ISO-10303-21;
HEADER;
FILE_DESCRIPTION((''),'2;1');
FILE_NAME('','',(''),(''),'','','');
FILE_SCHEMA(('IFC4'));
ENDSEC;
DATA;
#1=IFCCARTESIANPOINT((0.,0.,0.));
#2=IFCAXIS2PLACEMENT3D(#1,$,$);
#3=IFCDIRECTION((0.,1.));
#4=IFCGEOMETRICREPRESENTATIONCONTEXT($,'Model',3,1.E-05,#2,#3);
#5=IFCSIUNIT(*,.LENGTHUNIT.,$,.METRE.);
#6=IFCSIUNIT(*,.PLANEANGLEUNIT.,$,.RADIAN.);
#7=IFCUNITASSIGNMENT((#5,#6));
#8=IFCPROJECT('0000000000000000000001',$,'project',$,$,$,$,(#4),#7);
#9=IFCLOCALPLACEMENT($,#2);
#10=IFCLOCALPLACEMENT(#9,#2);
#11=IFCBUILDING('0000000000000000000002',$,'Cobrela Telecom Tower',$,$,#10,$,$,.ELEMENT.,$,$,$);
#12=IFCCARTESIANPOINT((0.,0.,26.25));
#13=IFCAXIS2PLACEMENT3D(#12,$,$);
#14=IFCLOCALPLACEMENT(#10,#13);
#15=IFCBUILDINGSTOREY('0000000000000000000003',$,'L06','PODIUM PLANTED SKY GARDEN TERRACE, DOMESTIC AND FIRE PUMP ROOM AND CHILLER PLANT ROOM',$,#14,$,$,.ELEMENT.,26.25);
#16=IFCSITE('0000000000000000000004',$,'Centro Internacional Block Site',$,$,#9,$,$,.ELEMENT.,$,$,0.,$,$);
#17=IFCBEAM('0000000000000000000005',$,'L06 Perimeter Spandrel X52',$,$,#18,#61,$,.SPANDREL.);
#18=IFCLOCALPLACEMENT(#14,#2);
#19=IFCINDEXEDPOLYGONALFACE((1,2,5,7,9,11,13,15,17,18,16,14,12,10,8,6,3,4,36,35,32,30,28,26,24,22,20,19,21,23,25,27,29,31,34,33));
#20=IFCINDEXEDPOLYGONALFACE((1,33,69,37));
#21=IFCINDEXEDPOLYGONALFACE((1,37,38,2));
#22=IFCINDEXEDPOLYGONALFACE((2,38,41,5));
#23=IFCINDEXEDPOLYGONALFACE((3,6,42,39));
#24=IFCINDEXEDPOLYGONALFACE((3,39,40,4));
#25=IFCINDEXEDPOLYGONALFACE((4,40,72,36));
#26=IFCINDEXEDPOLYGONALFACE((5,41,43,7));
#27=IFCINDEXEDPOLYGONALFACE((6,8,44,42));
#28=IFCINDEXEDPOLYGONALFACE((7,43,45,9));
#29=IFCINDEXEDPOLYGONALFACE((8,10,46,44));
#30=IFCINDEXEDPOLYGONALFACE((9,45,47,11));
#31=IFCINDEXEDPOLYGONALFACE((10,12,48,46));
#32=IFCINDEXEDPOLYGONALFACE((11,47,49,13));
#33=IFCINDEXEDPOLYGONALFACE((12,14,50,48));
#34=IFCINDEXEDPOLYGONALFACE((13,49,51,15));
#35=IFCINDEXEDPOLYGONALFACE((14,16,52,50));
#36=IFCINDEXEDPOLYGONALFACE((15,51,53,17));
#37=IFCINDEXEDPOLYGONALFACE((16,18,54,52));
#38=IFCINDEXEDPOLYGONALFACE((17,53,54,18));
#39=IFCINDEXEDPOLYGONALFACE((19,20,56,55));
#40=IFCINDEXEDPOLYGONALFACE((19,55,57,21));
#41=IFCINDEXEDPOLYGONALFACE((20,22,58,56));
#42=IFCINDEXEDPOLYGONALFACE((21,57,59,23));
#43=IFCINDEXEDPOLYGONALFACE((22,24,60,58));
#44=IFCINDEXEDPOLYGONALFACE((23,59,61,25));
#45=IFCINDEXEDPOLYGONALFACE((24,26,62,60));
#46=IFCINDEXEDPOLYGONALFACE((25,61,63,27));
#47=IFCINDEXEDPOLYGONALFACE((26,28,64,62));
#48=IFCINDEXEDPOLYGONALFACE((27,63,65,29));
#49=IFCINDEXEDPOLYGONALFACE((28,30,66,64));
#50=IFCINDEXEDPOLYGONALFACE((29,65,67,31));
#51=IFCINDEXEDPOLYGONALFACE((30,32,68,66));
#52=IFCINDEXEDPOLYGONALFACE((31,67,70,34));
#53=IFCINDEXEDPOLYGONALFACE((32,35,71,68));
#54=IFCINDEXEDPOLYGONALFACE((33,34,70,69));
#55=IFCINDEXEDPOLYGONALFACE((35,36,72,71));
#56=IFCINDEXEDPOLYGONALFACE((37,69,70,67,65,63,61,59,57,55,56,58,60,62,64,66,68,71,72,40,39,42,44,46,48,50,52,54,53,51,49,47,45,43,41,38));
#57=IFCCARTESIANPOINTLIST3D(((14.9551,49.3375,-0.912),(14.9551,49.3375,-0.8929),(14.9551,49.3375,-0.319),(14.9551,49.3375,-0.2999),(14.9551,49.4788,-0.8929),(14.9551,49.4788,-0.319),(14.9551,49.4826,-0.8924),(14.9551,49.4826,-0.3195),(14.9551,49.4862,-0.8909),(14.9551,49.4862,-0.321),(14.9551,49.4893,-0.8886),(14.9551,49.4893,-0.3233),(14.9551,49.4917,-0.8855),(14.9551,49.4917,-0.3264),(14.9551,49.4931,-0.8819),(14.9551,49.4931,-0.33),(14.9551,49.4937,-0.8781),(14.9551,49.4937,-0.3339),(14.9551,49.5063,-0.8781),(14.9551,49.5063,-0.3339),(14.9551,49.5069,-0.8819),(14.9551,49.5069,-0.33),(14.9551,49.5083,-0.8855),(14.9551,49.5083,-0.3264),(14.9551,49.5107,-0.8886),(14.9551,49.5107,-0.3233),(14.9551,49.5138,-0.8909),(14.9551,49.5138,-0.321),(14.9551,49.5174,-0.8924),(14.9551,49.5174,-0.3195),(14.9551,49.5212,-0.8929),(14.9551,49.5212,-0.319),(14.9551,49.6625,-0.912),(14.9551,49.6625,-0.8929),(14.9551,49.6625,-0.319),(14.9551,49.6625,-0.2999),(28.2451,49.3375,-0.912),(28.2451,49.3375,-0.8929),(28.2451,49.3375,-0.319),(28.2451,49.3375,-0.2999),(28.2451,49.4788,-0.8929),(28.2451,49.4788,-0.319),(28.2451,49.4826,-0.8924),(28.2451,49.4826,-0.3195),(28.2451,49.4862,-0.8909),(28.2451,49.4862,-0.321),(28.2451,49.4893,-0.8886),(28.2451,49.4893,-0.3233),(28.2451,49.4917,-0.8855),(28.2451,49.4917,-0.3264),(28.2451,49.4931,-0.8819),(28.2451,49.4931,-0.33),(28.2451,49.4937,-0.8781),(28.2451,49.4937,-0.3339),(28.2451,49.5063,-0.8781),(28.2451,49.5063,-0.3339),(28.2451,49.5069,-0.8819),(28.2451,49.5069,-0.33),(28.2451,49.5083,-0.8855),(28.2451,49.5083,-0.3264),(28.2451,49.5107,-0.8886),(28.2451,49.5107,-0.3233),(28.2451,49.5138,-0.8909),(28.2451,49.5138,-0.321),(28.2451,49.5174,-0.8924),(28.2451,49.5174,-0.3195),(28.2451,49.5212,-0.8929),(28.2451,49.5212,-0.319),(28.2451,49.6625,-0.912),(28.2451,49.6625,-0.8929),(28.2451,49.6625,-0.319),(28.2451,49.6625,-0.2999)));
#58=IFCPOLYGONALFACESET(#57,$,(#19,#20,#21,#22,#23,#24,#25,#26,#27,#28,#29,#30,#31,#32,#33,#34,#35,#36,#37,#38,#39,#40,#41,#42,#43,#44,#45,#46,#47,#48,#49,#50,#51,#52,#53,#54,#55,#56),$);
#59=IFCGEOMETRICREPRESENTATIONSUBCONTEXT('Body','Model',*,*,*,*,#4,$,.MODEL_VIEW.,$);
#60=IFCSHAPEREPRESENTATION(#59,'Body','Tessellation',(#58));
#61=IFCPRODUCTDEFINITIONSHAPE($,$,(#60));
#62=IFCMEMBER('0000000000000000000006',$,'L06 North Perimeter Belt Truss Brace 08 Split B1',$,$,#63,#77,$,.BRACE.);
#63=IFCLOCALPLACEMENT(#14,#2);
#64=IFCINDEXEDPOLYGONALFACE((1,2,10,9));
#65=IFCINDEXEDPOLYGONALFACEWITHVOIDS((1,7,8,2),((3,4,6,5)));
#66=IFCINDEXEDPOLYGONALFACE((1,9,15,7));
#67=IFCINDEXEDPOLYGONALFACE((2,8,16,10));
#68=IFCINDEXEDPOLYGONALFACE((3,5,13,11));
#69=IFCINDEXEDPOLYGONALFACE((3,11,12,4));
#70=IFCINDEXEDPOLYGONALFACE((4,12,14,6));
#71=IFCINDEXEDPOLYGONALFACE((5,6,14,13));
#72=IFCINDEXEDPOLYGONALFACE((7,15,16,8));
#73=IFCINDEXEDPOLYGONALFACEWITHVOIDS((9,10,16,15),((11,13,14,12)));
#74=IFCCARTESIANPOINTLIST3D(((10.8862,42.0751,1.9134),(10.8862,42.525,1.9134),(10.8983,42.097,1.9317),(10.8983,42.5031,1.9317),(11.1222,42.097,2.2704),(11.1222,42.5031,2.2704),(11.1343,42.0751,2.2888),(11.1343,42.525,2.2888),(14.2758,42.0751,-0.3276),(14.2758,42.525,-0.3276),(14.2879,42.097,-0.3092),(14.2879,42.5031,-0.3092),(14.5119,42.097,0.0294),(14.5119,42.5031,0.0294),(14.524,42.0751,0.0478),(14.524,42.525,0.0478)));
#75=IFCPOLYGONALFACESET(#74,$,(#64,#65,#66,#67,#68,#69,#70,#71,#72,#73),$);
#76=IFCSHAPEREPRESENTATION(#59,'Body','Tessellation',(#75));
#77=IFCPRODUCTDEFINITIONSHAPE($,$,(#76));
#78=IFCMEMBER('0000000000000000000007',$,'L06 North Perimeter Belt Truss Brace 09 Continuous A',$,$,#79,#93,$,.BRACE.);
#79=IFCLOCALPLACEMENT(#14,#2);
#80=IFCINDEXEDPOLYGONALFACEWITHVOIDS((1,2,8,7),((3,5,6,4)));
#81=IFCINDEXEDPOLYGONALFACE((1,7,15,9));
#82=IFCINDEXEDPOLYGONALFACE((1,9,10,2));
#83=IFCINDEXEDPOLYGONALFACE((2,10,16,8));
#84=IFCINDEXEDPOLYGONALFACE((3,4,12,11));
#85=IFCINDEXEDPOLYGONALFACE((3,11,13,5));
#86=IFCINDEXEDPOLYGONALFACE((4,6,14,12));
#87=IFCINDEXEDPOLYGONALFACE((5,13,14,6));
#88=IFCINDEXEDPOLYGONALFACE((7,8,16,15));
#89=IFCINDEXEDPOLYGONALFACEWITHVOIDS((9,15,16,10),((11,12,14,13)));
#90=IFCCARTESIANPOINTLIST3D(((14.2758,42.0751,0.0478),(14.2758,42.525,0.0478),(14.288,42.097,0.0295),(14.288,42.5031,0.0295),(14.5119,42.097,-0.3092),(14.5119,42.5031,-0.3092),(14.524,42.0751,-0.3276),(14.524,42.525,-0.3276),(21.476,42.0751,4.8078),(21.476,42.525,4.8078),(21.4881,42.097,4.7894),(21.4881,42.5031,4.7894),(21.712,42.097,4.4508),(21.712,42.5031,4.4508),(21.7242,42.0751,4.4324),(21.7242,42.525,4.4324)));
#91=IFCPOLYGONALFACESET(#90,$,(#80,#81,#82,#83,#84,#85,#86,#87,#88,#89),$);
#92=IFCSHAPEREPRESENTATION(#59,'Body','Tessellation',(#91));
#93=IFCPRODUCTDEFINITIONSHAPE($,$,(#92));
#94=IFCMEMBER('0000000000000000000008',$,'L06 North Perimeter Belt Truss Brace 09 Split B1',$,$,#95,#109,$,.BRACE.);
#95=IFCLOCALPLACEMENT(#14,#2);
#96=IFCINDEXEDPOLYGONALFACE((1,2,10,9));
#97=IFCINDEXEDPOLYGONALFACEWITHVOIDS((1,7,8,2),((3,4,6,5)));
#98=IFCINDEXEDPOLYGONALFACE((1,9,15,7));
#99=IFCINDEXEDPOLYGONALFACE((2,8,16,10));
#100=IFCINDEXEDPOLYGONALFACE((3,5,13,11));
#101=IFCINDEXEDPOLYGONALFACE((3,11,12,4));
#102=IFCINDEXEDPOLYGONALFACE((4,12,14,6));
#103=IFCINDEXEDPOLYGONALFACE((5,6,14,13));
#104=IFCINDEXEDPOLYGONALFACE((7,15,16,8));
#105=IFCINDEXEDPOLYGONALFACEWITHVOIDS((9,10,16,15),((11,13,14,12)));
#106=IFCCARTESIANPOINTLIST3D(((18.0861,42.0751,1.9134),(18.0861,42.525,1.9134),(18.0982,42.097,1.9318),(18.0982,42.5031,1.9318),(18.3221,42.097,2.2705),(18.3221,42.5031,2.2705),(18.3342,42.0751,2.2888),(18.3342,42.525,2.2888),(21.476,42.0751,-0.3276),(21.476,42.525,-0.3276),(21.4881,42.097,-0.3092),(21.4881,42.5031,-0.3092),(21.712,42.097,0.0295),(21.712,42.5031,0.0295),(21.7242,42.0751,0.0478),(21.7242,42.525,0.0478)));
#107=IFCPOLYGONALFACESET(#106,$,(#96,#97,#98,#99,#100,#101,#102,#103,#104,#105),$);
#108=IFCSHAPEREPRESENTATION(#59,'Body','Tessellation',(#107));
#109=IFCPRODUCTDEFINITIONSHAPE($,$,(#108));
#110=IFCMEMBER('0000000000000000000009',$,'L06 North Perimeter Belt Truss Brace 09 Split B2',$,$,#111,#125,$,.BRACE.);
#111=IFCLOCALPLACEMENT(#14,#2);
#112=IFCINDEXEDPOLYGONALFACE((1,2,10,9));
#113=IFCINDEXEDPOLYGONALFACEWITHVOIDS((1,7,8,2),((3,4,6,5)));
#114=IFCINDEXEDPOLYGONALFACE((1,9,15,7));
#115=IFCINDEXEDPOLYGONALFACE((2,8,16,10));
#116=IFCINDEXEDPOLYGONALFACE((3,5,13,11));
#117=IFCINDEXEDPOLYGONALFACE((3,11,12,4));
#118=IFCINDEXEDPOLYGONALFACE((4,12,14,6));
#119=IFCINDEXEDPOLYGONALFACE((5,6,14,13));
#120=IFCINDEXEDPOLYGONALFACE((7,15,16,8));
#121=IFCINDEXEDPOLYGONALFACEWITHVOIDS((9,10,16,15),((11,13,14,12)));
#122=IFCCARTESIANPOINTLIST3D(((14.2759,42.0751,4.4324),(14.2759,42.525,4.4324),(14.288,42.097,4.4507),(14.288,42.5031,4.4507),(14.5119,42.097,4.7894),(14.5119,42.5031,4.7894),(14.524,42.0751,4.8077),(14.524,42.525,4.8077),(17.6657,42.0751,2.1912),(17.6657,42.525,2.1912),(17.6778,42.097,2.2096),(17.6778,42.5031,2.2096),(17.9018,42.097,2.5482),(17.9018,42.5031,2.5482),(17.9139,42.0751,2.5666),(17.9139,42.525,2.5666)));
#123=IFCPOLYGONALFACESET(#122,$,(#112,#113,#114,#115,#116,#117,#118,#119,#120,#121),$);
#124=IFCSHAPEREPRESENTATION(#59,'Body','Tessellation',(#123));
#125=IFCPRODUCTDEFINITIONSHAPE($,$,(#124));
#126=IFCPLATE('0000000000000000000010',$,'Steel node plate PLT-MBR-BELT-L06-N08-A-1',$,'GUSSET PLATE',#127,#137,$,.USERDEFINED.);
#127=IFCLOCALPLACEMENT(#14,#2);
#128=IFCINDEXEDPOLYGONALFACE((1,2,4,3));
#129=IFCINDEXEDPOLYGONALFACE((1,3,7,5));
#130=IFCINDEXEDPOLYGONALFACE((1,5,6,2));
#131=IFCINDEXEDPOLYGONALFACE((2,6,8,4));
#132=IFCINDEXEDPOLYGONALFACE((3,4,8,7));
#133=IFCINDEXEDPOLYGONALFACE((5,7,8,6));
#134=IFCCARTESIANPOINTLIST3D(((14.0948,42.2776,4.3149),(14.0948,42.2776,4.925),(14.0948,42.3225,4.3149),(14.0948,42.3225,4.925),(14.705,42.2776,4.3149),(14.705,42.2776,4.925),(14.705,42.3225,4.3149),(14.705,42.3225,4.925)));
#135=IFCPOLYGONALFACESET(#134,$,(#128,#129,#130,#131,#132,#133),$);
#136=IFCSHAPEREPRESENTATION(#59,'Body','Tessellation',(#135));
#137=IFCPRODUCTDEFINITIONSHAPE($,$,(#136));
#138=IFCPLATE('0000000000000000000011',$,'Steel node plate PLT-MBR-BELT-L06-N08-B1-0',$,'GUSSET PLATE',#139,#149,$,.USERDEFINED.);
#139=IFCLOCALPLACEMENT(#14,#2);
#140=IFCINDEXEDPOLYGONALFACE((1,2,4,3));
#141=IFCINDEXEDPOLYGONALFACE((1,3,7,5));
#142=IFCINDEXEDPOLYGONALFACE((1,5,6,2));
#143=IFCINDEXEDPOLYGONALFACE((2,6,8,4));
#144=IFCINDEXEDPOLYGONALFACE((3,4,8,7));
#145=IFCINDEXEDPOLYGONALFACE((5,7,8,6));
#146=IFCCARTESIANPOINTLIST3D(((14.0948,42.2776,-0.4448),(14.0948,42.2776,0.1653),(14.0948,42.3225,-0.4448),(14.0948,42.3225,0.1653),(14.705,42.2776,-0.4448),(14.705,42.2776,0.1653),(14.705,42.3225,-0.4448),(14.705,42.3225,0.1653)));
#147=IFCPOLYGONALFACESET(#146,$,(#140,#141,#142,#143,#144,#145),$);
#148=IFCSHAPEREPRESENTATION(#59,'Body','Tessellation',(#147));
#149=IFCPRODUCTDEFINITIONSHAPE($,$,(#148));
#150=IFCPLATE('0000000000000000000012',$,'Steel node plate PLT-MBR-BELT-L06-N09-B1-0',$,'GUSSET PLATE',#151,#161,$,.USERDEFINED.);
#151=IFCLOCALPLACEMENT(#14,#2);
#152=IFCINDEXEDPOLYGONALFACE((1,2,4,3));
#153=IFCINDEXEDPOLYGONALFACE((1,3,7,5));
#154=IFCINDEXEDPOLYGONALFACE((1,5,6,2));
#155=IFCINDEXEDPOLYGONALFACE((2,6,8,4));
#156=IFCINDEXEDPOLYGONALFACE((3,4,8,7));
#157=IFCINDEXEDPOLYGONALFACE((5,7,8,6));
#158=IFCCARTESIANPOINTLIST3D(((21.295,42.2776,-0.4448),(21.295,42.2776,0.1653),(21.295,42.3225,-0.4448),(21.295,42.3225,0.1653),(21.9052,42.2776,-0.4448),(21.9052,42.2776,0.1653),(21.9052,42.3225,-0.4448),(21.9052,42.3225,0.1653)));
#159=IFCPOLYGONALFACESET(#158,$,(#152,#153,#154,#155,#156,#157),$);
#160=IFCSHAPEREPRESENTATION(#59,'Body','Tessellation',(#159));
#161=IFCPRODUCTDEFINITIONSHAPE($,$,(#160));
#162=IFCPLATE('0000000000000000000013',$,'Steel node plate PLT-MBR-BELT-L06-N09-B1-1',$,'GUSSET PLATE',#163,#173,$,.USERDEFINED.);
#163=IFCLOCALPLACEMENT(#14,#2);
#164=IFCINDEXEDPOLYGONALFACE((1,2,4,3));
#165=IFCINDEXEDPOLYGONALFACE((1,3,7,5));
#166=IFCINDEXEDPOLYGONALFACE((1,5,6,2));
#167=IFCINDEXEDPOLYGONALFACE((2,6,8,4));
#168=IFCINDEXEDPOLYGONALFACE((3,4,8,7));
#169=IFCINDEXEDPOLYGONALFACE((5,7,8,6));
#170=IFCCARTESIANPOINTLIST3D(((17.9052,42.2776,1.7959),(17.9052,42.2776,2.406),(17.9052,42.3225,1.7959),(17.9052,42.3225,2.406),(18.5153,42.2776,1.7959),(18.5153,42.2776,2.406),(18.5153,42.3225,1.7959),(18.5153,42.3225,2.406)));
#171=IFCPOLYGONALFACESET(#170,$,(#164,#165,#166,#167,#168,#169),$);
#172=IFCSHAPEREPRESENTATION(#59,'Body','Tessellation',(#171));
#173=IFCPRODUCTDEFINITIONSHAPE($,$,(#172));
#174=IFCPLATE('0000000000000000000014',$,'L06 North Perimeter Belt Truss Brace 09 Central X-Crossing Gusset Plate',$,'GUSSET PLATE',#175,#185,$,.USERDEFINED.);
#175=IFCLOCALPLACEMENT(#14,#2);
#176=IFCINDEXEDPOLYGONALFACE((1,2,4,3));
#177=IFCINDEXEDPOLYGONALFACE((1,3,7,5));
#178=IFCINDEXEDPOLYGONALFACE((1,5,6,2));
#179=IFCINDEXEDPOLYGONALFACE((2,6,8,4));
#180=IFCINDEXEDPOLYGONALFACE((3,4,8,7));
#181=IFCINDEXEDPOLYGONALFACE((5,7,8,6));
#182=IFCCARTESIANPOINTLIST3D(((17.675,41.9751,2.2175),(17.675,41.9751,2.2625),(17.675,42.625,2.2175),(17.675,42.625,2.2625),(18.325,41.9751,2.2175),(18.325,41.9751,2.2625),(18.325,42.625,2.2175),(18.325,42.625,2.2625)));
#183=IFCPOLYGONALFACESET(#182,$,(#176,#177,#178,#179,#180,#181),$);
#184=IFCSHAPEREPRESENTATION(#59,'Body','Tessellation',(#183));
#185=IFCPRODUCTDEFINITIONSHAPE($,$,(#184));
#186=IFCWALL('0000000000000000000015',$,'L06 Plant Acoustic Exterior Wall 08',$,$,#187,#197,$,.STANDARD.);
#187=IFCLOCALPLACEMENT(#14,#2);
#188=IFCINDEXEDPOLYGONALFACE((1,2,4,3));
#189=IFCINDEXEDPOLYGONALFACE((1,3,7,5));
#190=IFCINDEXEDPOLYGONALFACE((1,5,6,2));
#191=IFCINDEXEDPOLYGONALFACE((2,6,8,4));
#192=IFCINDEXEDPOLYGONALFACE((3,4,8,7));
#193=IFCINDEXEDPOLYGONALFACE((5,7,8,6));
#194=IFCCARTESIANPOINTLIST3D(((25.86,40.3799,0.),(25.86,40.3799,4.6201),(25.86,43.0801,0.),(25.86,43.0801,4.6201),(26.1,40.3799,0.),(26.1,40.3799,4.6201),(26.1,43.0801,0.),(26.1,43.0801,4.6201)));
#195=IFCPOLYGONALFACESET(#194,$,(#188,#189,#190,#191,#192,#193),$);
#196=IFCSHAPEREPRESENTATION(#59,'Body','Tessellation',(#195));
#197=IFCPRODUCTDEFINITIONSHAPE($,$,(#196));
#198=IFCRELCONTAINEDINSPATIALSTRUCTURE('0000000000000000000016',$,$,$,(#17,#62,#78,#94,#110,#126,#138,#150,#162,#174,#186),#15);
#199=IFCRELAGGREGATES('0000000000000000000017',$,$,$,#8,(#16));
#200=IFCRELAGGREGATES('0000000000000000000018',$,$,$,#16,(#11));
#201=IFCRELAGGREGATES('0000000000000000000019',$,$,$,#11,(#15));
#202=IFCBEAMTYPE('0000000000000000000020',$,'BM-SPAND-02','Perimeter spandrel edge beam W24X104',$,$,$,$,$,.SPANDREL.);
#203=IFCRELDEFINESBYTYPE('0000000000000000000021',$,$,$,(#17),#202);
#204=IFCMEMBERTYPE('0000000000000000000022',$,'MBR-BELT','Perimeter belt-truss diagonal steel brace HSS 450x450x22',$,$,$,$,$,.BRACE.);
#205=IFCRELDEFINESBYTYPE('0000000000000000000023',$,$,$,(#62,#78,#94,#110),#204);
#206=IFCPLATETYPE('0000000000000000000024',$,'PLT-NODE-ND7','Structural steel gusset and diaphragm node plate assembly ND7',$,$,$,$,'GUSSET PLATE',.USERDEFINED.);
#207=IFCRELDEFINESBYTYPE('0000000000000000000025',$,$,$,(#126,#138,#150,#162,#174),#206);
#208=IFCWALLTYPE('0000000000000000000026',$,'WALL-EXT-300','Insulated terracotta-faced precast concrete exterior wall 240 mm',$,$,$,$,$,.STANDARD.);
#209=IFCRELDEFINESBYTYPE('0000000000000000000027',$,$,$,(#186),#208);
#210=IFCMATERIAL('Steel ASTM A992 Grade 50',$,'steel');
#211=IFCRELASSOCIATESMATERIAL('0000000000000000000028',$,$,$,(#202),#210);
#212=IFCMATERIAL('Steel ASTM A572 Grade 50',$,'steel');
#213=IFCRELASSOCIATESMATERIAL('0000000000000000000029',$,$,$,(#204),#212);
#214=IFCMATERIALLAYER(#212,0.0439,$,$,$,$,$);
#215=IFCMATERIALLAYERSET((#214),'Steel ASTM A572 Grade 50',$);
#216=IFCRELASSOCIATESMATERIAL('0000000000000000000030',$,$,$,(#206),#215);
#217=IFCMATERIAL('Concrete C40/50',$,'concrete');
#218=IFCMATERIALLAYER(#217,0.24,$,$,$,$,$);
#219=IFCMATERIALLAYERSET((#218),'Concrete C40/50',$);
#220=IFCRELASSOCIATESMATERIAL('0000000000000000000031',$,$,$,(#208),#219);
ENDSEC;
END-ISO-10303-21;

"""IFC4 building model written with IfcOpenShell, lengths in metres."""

from ifc_helpers import new_model, si_unit, direction, frame, frame_2d, origin, origin_2d, place, context, subcontext, project, spatial, rectangle, hollow_rectangle, i_section, extrude, material, layer, layer_set, material_profile, profile_set, type_object, element, save


model = new_model("IFC4")

# Units and contexts
model_context = context("Model", 3, precision=1e-05, world=origin(), true_north=direction((0.0, 1.0)))
body_context = subcontext(model_context, "Body", "Model", "MODEL_VIEW")
ifc_project = project(units=[si_unit("LENGTHUNIT", "METRE"), si_unit("PLANEANGLEUNIT", "RADIAN")], contexts=[model_context])

# Site, building, storey
site_placement = place(None, origin())
site = spatial("IfcSite", under=ifc_project, at=site_placement, Name="Centro Internacional Block Site", CompositionType="ELEMENT", RefElevation=0.0)
building_placement = place(site_placement, origin())
building = spatial("IfcBuilding", under=site, at=building_placement, Name="Cobrela Telecom Tower", CompositionType="ELEMENT")
storey_placement = place(building_placement, frame((0.0, 0.0, 26.25)))
storey = spatial("IfcBuildingStorey", under=building, at=storey_placement, Name="L06", Description="PODIUM PLANTED SKY GARDEN TERRACE, DOMESTIC AND FIRE PUMP ROOM AND CHILLER PLANT ROOM", CompositionType="ELEMENT", Elevation=26.25)

# Shared definitions
ifc_material_1 = material(Name="Steel ASTM A572 Grade 50", Category="steel")

# Beam
ifc_material_2 = material(Name="Steel ASTM A992 Grade 50", Category="steel")
ifc_material_profile_1 = material_profile(ifc_material_2, i_section(OverallWidth=0.325, OverallDepth=0.6121, WebThickness=0.0127, FlangeThickness=0.019, FilletRadius=0.0149, at=origin_2d()), Name="W24X104")
ifc_profile_set_1 = profile_set([ifc_material_profile_1], Name="Steel ASTM A992 Grade 50")
beam_type_1 = type_object("IfcBeamType", Name="BM-SPAND-02", Description="Perimeter spandrel edge beam W24X104", PredefinedType="SPANDREL", material=ifc_profile_set_1)
beam_1_placement = place(storey_placement, frame((14.9551, 49.5, -0.606), z_axis=(1.0, 0.0, 0.0), x_axis=(0.0, 1.0, 0.0)))
element("IfcBeam", 1, at=beam_1_placement, inside=storey, type_object=beam_type_1, Name="L06 Perimeter Spandrel X52", PredefinedType="SPANDREL", context=body_context, shape_type="SweptSolid", body=[
    extrude(i_section(OverallWidth=0.325, OverallDepth=0.6121, WebThickness=0.0127, FlangeThickness=0.019, FilletRadius=0.0149, at=origin_2d()), origin(), (0.0, 0.0, 1.0), 13.29),
])

# Members
ifc_material_profile_2 = material_profile(ifc_material_1, hollow_rectangle(XDim=0.45, YDim=0.45, WallThickness=0.022, at=origin_2d()), Name="HSS 450x450x22")
ifc_profile_set_2 = profile_set([ifc_material_profile_2], Name="Steel ASTM A572 Grade 50")
member_type = type_object("IfcMemberType", Name="MBR-BELT", Description="Perimeter belt-truss diagonal steel brace HSS 450x450x22", PredefinedType="BRACE", material=ifc_profile_set_2)
member_1_placement = place(storey_placement, frame((14.3999, 42.3, -0.1399), z_axis=(-0.834179, 0.0, 0.551493), x_axis=(0.0, -1.0, 0.0)))
element("IfcMember", 2, at=member_1_placement, inside=storey, type_object=member_type, Name="L06 North Perimeter Belt Truss Brace 08 Split B1", PredefinedType="BRACE", context=body_context, shape_type="SweptSolid", body=[
    extrude(hollow_rectangle(XDim=0.45, YDim=0.45, WallThickness=0.022, at=origin_2d()), origin(), (0.0, 0.0, 1.0), 4.0635),
])
member_2_placement = place(storey_placement, frame((14.3999, 42.3, -0.1399), z_axis=(0.834189, 0.0, 0.551478), x_axis=(0.0, 1.0, 0.0)))
element("IfcMember", 3, at=member_2_placement, inside=storey, type_object=member_type, Name="L06 North Perimeter Belt Truss Brace 09 Continuous A", PredefinedType="BRACE", context=body_context, shape_type="SweptSolid", body=[
    extrude(hollow_rectangle(XDim=0.45, YDim=0.45, WallThickness=0.022, at=origin_2d()), origin(), (0.0, 0.0, 1.0), 8.6313),
])
for number, where, z_axis, x_axis, name in (
    (4, (21.6001, 42.3, -0.1399), (-0.834198, 0.0, 0.551466), (0.0, -1.0, 0.0), "L06 North Perimeter Belt Truss Brace 09 Split B1"),
    (5, (17.7898, 42.3, 2.3789), (-0.83417, 0.0, 0.551507), (0.0, -1.0, 0.0), "L06 North Perimeter Belt Truss Brace 09 Split B2"),
):
    element("IfcMember", number, at=place(storey_placement, frame(where, z_axis=z_axis, x_axis=x_axis)), inside=storey, type_object=member_type, Name=name, PredefinedType="BRACE", context=body_context, shape_type="SweptSolid", body=[
        extrude(hollow_rectangle(XDim=0.45, YDim=0.45, WallThickness=0.022, at=origin_2d()), origin(), (0.0, 0.0, 1.0), 4.0637),
    ])

# Plates
ifc_layer_1 = layer(ifc_material_1, 0.0439)
ifc_layer_set_1 = layer_set([ifc_layer_1], Name="Steel ASTM A572 Grade 50")
plate_type = type_object("IfcPlateType", Name="PLT-NODE-ND7", Description="Structural steel gusset and diaphragm node plate assembly ND7", ElementType="GUSSET PLATE", PredefinedType="USERDEFINED", material=ifc_layer_set_1)
for number, where, z_axis, x_axis, name in (
    (6, (14.3999, 42.3, 4.3149), (0.0, 0.0, 1.0), (1.0, 0.0, 0.0), "Steel node plate PLT-MBR-BELT-L06-N08-A-1"),
    (7, (14.3999, 42.3, -0.4448), (0.0, 0.0, 1.0), (-1.0, 0.0, 0.0), "Steel node plate PLT-MBR-BELT-L06-N08-B1-0"),
    (8, (21.6001, 42.3, -0.4448), (0.0, 0.0, 1.0), (-1.0, 0.0, 0.0), "Steel node plate PLT-MBR-BELT-L06-N09-B1-0"),
    (9, (18.2102, 42.3, 1.7959), (0.0, 0.0, 1.0), (-1.0, 0.0, 0.0), "Steel node plate PLT-MBR-BELT-L06-N09-B1-1"),
):
    element("IfcPlate", number, at=place(storey_placement, frame(where, z_axis=z_axis, x_axis=x_axis)), inside=storey, type_object=plate_type, Name=name, ObjectType="GUSSET PLATE", PredefinedType="USERDEFINED", context=body_context, shape_type="SweptSolid", body=[
        extrude(rectangle(XDim=0.6101, YDim=0.0449, at=origin_2d()), origin(), (0.0, 0.0, 1.0), 0.6101),
    ])
plate_placement = place(storey_placement, frame((18.0, 42.3, 2.2175), z_axis=(0.0, 0.0, 1.0), x_axis=(1.0, 0.0, 0.0)))
element("IfcPlate", 10, at=plate_placement, inside=storey, type_object=plate_type, Name="L06 North Perimeter Belt Truss Brace 09 Central X-Crossing Gusset Plate", ObjectType="GUSSET PLATE", PredefinedType="USERDEFINED", context=body_context, shape_type="SweptSolid", body=[
    extrude(rectangle(XDim=0.6499, YDim=0.6499, at=origin_2d()), origin(), (0.0, 0.0, 1.0), 0.0449),
])

# Wall
ifc_material_3 = material(Name="Concrete C40/50", Category="concrete")
ifc_layer_2 = layer(ifc_material_3, 0.24)
ifc_layer_set_2 = layer_set([ifc_layer_2], Name="Concrete C40/50")
wall_type = type_object("IfcWallType", Name="WALL-EXT-300", Description="Insulated terracotta-faced precast concrete exterior wall 240 mm", PredefinedType="STANDARD", material=ifc_layer_set_2)
wall_1_placement = place(storey_placement, frame((25.98, 43.0801, 0.0), z_axis=(0.0, 0.0, 1.0), x_axis=(0.0, -1.0, 0.0)))
element("IfcWall", 11, at=wall_1_placement, inside=storey, type_object=wall_type, Name="L06 Plant Acoustic Exterior Wall 08", PredefinedType="STANDARD", context=body_context, shape_type="SweptSolid", body=[
    extrude(rectangle(XDim=2.7002, YDim=0.24, at=frame_2d((1.3501, 0.0))), origin(), (0.0, 0.0, 1.0), 4.6201),
])

save(model, "model.ifc")
